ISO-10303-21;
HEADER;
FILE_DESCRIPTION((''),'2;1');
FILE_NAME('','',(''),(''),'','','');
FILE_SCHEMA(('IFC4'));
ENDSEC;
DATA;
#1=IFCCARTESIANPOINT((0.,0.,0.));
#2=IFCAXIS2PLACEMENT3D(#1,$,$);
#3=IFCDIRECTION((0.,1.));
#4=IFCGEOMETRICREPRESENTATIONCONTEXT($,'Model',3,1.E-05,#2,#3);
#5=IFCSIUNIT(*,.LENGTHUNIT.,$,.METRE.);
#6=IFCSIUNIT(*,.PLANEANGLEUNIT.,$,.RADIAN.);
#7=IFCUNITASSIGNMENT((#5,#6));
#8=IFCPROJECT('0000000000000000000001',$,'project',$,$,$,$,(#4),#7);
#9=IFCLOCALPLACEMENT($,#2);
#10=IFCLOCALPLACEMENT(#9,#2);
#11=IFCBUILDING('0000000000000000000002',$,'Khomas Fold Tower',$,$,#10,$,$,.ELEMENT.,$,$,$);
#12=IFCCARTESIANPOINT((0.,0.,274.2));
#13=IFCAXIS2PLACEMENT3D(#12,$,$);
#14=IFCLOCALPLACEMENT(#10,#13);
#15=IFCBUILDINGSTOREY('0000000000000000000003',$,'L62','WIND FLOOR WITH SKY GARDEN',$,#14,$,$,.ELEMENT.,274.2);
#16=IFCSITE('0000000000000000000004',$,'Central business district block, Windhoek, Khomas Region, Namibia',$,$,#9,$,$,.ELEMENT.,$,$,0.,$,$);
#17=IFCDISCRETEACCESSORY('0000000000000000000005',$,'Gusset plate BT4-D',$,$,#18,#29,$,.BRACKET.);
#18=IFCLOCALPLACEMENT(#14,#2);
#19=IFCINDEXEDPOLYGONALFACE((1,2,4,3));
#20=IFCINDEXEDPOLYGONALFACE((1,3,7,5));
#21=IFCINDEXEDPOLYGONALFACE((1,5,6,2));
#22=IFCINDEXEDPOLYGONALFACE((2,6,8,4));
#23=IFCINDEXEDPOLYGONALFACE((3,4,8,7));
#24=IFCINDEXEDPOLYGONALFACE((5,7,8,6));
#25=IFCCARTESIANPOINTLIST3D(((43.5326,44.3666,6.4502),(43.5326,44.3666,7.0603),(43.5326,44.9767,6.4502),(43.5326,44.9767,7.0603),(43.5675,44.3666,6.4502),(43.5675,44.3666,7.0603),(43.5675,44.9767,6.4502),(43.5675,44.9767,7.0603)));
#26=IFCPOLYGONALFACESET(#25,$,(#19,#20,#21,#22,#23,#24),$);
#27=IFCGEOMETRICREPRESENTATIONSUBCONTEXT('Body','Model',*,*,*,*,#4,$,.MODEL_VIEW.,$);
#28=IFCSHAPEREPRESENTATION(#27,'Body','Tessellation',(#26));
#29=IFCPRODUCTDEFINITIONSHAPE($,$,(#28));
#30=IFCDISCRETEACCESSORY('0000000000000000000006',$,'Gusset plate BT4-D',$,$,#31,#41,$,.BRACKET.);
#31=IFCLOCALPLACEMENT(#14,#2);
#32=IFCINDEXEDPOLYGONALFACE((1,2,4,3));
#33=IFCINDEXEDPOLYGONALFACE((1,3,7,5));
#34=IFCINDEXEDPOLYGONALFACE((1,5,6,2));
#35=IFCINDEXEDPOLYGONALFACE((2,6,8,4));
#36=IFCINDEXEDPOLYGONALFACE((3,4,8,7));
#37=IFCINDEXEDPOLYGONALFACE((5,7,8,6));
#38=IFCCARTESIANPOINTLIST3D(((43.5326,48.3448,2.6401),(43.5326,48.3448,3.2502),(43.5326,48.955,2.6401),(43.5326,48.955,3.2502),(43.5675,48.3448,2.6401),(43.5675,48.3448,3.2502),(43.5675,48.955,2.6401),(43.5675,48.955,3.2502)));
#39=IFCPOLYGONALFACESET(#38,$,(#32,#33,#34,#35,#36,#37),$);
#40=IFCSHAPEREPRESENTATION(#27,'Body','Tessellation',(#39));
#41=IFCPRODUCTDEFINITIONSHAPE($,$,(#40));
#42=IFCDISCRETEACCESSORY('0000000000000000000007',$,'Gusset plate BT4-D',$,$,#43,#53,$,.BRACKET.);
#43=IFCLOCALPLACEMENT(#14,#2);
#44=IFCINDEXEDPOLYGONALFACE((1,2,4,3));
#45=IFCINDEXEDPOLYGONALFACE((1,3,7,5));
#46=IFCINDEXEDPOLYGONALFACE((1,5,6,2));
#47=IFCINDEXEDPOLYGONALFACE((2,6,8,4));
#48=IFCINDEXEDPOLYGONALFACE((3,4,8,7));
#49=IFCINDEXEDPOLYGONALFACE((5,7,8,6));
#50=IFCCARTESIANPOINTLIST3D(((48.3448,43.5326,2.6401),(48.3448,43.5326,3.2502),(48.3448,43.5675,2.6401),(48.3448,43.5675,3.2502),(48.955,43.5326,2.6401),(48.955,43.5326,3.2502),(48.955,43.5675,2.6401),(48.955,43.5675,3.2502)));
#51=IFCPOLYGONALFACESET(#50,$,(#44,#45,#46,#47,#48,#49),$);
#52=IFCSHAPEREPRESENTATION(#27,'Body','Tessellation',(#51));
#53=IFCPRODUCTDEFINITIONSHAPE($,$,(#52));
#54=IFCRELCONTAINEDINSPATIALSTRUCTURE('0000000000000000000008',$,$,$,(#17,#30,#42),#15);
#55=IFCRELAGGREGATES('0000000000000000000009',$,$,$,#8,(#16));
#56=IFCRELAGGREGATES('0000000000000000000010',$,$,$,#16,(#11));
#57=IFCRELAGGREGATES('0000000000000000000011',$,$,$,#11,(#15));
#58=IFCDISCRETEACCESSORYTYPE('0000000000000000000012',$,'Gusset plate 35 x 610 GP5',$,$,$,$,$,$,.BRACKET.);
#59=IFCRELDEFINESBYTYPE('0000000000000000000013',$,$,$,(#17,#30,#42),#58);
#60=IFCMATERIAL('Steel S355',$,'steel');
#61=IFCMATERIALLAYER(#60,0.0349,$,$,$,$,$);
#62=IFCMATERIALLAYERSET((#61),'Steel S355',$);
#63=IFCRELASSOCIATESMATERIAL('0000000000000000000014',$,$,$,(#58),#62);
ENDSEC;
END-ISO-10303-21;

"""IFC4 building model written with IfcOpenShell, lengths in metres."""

from ifc_helpers import new_model, si_unit, direction, frame, origin, origin_2d, place, context, subcontext, project, spatial, rectangle, extrude, source, transform, mapped, material, layer, layer_set, type_object, element, save


model = new_model("IFC4")

# Units and contexts
model_context = context("Model", 3, precision=1e-05, world=origin(), true_north=direction((0.0, 1.0)))
body_context = subcontext(model_context, "Body", "Model", "MODEL_VIEW")
ifc_project = project(units=[si_unit("LENGTHUNIT", "METRE"), si_unit("PLANEANGLEUNIT", "RADIAN")], contexts=[model_context])

# Site, building, storey
site_placement = place(None, origin())
site = spatial("IfcSite", under=ifc_project, at=site_placement, Name="Central business district block, Windhoek, Khomas Region, Namibia", CompositionType="ELEMENT", RefElevation=0.0)
building_placement = place(site_placement, origin())
building = spatial("IfcBuilding", under=site, at=building_placement, Name="Khomas Fold Tower", CompositionType="ELEMENT")
storey_placement = place(building_placement, frame((0.0, 0.0, 274.2)))
storey = spatial("IfcBuildingStorey", under=building, at=storey_placement, Name="L62", Description="WIND FLOOR WITH SKY GARDEN", CompositionType="ELEMENT", Elevation=274.2)

# Discrete accessories
ifc_material_1 = material(Name="Steel S355", Category="steel")
ifc_layer_1 = layer(ifc_material_1, 0.0349)
ifc_layer_set_1 = layer_set([ifc_layer_1], Name="Steel S355")
discrete_accessory_type = type_object("IfcDiscreteAccessoryType", Name="Gusset plate 35 x 610 GP5", PredefinedType="BRACKET", material=ifc_layer_set_1)
shared_shape_1 = source(origin(), body_context, "Body", "SweptSolid", [
    extrude(rectangle(XDim=0.6101, YDim=0.0349, at=origin_2d()), origin(), (0.0, 0.0, 1.0), 0.6101),
])
for number, where, z_axis, x_axis, name in (
    (1, (43.55, 44.6716, 6.4502), (0.0, 0.0, 1.0), (0.0, 1.0, 0.0), "Gusset plate BT4-D"),
    (2, (43.55, 48.6499, 2.6401), (0.0, 0.0, 1.0), (0.0, 1.0, 0.0), "Gusset plate BT4-D"),
    (3, (48.6499, 43.55, 2.6401), (0.0, 0.0, 1.0), (1.0, 0.0, 0.0), "Gusset plate BT4-D"),
):
    element("IfcDiscreteAccessory", number, at=place(storey_placement, frame(where, z_axis=z_axis, x_axis=x_axis)), inside=storey, type_object=discrete_accessory_type, Name=name, PredefinedType="BRACKET", context=body_context, shape_type="MappedRepresentation", body=[
        mapped(shared_shape_1, transform((0.0, 0.0, 0.0))),
    ])

save(model, "model.ifc")
